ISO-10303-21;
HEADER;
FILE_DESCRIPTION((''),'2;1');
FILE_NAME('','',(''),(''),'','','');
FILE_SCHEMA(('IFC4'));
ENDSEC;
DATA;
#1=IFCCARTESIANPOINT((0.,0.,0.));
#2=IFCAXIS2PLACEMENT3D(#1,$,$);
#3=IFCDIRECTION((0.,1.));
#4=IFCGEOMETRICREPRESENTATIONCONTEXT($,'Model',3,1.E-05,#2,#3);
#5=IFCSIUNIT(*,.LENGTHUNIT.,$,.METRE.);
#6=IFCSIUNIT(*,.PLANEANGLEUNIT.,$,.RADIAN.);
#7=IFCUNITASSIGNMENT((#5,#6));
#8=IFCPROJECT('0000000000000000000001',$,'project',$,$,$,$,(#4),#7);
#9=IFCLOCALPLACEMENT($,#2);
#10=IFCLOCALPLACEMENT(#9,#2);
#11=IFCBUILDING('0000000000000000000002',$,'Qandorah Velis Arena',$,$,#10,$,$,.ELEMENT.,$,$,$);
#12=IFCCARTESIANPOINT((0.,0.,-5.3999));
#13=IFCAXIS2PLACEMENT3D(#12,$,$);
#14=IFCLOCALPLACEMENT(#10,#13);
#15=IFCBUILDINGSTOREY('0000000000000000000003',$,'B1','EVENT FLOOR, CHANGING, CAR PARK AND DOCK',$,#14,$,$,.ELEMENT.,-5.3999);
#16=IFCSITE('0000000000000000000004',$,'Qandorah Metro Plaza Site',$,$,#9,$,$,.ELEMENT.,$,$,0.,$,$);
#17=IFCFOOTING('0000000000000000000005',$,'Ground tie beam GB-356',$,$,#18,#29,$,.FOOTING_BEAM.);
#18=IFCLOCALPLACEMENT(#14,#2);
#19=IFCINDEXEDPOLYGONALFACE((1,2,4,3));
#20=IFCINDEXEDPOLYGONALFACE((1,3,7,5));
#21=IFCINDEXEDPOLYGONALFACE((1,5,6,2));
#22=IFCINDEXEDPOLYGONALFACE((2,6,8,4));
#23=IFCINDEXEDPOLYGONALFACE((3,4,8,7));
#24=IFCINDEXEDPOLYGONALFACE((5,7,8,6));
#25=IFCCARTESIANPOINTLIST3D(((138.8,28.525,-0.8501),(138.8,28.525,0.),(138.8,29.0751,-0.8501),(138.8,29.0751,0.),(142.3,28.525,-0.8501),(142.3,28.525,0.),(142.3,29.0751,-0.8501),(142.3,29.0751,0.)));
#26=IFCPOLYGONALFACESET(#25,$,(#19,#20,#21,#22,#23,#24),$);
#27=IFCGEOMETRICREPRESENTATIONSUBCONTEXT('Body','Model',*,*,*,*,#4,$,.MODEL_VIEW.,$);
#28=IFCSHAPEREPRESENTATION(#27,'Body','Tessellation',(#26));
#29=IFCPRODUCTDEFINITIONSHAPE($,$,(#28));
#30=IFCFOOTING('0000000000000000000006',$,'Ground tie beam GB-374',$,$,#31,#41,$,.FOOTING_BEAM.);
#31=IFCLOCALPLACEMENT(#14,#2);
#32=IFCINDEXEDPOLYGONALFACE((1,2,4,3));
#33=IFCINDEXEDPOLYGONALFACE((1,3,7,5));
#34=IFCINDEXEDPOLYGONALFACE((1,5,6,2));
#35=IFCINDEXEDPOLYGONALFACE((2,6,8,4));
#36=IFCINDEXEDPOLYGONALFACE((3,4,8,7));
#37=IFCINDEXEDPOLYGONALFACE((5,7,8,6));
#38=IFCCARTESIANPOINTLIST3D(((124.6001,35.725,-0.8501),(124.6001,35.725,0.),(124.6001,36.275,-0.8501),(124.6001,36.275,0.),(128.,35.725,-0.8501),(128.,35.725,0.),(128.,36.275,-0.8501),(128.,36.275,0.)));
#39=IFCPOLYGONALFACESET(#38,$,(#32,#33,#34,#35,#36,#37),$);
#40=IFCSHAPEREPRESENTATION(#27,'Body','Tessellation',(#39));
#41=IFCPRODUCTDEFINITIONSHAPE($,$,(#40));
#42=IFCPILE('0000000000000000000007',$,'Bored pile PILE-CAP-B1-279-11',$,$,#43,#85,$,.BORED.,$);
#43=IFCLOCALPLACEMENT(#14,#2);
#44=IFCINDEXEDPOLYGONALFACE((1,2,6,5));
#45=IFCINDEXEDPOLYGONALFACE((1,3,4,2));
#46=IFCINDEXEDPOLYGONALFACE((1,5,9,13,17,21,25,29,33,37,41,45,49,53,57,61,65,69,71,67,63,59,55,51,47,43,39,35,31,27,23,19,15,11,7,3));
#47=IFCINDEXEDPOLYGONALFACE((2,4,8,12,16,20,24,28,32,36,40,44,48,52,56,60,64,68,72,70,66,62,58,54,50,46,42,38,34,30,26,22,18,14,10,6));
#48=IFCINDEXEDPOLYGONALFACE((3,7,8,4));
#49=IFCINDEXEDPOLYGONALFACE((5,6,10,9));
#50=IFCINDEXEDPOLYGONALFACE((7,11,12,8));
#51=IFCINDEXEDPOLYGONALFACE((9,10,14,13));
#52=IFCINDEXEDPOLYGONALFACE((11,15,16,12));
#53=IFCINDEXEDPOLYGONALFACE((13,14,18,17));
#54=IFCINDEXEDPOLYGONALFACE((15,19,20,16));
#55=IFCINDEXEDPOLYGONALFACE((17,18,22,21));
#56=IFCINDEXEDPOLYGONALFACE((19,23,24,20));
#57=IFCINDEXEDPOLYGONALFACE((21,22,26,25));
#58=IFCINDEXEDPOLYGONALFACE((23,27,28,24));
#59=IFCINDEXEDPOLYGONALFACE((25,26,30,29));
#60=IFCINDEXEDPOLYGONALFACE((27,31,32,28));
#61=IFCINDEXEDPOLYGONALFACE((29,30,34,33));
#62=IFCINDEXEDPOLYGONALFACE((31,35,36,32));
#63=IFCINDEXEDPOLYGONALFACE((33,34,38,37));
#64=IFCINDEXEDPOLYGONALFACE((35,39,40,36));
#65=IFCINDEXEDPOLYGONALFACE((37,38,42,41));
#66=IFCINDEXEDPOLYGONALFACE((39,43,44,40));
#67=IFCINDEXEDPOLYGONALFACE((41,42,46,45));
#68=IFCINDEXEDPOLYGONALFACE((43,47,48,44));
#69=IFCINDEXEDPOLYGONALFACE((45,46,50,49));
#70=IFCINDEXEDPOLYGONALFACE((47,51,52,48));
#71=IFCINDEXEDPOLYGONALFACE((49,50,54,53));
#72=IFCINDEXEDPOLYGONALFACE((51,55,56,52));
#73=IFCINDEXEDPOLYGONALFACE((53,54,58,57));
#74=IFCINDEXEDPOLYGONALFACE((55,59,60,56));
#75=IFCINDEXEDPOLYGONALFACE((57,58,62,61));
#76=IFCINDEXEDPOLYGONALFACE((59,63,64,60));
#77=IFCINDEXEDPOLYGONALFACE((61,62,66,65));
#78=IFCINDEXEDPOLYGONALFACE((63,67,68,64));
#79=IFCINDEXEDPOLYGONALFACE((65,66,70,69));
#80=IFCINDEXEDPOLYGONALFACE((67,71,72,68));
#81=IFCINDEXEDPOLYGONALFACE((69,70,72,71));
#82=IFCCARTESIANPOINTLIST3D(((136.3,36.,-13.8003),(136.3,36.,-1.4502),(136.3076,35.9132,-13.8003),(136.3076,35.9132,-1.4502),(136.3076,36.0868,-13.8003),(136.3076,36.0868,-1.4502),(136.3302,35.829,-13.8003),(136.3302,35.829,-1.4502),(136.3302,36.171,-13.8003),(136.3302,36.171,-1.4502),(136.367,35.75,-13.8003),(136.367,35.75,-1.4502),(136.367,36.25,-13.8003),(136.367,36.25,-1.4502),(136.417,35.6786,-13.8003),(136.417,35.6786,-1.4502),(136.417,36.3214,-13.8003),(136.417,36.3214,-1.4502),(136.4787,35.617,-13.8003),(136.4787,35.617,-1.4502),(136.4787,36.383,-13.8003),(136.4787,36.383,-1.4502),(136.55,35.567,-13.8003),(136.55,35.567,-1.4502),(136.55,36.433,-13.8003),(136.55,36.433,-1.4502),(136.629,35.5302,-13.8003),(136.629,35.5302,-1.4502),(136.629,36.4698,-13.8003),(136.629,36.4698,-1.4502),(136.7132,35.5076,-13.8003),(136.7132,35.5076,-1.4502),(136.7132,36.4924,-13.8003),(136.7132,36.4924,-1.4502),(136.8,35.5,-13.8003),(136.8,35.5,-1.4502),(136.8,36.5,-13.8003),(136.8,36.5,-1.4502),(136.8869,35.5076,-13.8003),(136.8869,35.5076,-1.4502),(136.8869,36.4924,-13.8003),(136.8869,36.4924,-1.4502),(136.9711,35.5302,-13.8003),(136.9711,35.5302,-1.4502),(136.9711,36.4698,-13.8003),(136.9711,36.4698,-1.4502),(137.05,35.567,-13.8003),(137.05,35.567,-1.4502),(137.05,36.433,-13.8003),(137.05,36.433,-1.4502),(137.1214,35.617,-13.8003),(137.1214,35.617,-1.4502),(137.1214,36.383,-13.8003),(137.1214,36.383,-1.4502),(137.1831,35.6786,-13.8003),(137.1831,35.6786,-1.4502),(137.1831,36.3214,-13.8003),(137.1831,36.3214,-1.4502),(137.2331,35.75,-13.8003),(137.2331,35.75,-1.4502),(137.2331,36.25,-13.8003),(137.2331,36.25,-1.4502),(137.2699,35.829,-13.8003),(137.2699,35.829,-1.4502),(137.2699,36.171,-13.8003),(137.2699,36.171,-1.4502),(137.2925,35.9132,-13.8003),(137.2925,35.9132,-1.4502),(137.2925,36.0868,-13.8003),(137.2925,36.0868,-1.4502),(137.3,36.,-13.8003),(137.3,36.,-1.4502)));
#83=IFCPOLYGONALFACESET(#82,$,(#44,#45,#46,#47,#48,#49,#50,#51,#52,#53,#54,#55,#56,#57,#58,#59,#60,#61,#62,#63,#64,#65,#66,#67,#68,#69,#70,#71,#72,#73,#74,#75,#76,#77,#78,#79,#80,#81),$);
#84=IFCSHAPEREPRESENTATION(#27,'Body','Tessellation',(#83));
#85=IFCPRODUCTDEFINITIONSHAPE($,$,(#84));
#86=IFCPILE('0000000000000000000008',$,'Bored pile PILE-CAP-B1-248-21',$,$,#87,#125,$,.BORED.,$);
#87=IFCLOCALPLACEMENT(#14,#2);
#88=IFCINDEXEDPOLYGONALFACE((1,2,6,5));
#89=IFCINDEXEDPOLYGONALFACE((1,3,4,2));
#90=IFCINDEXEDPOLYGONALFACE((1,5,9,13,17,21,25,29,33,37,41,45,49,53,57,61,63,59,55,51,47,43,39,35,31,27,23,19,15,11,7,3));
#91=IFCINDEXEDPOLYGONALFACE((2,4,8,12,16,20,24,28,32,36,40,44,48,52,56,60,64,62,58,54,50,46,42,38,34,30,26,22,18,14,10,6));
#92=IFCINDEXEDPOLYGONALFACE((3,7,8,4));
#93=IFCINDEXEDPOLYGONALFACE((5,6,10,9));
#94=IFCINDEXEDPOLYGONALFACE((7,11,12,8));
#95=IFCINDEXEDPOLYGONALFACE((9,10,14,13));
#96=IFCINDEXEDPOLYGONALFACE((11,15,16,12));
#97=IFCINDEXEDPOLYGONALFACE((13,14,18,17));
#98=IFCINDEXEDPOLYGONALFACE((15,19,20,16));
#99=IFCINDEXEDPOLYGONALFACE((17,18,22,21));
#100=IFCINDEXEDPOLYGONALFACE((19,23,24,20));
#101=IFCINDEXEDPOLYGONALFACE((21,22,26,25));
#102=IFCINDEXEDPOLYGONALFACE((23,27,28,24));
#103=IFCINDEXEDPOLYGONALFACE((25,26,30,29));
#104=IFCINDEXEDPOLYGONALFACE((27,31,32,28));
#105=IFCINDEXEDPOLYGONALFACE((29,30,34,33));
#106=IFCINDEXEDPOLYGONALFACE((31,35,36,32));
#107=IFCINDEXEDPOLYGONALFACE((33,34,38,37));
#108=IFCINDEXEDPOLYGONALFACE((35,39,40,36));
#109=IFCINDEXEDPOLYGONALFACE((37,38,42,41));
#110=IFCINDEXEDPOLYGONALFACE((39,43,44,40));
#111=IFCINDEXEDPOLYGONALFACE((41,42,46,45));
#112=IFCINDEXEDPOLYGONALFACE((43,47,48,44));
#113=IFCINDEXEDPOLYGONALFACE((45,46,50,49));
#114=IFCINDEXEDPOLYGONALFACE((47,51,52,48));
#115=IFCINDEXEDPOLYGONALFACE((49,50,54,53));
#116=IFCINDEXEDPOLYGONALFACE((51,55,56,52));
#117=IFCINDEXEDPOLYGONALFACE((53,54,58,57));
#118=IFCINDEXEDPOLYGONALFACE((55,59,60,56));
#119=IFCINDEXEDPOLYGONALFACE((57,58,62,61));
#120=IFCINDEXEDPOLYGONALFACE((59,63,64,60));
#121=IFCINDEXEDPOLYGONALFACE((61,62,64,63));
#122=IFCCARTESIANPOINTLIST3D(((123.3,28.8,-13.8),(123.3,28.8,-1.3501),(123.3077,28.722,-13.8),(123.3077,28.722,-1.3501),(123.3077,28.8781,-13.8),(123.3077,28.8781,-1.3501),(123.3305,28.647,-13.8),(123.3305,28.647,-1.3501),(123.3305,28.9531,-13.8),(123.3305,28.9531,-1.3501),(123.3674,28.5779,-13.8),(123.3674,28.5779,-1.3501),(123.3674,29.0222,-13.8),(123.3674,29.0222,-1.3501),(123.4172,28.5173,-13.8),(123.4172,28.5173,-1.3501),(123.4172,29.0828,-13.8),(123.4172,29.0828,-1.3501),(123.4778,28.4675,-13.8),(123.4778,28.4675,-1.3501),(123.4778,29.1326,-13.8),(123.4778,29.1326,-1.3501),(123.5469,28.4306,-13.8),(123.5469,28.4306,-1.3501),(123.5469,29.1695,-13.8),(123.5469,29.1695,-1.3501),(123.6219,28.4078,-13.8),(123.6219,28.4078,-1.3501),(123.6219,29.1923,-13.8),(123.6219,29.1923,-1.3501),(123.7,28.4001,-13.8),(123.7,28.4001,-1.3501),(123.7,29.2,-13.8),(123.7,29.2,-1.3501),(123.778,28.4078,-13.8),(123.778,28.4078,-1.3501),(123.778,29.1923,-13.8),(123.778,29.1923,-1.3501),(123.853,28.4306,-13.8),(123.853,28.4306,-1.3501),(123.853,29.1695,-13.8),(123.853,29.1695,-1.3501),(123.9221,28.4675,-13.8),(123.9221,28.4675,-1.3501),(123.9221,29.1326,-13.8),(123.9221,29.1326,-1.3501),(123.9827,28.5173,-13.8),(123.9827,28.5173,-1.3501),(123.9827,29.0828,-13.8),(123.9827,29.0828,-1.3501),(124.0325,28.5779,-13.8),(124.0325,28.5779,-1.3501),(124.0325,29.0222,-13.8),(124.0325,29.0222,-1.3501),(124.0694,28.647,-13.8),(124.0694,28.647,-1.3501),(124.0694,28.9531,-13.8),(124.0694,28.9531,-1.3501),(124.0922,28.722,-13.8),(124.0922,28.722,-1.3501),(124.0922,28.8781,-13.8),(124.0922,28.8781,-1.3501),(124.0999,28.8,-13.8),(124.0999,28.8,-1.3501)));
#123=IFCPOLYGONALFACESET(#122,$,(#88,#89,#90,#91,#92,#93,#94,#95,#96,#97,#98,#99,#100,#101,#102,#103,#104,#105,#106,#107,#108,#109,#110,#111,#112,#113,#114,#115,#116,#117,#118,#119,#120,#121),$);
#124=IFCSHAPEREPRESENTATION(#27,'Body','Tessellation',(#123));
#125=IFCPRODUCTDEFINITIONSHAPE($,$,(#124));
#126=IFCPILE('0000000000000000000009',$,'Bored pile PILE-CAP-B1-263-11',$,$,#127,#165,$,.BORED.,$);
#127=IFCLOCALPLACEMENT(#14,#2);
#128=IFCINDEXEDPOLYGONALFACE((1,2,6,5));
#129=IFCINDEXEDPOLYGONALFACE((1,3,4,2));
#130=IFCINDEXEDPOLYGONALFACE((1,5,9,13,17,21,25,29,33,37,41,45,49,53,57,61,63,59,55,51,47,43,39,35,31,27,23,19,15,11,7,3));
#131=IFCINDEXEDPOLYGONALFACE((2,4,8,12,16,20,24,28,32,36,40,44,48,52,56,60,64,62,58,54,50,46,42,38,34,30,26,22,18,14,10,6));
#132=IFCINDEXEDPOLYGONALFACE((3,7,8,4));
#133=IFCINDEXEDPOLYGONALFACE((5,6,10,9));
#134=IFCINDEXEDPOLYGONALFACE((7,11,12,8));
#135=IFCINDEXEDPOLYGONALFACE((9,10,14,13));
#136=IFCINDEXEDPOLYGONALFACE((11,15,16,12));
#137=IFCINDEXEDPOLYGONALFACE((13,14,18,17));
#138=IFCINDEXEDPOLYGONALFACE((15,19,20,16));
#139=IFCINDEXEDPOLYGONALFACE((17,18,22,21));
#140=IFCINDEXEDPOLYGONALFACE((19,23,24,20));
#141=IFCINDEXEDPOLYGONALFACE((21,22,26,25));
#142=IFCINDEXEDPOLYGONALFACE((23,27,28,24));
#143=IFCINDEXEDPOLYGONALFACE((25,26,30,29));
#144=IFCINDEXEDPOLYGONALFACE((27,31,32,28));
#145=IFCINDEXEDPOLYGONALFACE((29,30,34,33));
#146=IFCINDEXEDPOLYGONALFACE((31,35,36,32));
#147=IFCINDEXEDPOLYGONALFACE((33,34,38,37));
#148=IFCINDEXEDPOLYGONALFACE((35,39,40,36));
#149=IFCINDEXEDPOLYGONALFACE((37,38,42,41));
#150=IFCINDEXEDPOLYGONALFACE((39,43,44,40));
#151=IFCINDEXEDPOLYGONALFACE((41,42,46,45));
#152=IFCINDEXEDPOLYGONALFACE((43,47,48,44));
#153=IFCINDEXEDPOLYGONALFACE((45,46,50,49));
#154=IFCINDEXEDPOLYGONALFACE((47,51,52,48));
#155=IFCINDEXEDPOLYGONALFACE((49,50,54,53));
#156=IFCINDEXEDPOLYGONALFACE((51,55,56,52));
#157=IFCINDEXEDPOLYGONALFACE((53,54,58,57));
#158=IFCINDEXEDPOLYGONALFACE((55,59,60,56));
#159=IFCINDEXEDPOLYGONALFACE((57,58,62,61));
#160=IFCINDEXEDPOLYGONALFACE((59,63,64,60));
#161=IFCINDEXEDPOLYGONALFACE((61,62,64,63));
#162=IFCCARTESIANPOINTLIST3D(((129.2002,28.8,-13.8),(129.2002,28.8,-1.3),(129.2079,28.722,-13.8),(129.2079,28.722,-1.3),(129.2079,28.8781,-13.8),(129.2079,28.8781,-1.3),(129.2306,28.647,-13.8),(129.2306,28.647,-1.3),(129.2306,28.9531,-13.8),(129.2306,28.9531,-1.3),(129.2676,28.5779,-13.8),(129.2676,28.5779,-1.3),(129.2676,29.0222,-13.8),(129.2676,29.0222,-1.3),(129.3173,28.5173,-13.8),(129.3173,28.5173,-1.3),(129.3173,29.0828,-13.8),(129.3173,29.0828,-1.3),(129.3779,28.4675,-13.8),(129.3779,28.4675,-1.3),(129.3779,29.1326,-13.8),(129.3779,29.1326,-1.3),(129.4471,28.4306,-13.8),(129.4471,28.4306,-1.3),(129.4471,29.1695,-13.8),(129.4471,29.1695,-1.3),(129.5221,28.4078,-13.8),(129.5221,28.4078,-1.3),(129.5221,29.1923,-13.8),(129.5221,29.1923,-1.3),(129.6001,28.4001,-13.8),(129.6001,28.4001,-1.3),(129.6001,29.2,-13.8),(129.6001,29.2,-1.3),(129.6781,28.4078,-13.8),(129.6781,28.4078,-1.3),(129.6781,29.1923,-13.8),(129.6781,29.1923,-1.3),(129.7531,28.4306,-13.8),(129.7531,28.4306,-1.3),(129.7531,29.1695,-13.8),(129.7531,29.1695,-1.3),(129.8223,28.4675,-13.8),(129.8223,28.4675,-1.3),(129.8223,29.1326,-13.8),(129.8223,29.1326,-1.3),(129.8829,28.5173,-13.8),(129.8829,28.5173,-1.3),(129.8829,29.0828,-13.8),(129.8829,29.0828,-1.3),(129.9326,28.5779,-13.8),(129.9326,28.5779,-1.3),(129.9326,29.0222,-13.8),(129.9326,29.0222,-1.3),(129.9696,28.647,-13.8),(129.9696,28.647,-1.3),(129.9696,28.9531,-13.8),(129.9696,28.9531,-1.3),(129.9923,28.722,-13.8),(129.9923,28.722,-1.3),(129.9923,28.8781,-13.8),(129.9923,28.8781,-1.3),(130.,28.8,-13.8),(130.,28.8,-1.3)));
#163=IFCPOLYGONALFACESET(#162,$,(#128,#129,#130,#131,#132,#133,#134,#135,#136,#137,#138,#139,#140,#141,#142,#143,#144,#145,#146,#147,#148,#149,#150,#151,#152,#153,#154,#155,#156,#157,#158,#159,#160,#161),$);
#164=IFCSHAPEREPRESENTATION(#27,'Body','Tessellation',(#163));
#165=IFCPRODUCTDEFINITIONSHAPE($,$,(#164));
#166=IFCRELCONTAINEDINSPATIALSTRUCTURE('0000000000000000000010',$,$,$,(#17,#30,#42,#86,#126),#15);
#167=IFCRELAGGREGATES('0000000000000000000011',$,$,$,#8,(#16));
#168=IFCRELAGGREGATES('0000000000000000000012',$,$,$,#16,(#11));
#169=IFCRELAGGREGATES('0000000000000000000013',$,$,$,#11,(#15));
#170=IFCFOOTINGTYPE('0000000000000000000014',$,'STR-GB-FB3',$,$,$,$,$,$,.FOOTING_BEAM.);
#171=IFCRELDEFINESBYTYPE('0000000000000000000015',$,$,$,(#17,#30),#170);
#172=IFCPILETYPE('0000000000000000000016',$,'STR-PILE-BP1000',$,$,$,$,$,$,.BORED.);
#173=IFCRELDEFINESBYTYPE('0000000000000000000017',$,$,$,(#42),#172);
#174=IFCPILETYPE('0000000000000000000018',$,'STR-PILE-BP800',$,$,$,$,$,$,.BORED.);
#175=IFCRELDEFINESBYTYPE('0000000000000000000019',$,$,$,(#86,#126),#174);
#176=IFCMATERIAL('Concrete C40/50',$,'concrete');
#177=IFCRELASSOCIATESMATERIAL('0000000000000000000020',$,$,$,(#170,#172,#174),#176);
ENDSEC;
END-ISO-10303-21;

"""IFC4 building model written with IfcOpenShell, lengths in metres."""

from ifc_helpers import new_model, si_unit, direction, frame, origin, origin_2d, place, context, subcontext, project, spatial, rectangle, circle, extrude, material, material_profile, profile_set, type_object, element, save


model = new_model("IFC4")

# Units and contexts
model_context = context("Model", 3, precision=1e-05, world=origin(), true_north=direction((0.0, 1.0)))
body_context = subcontext(model_context, "Body", "Model", "MODEL_VIEW")
ifc_project = project(units=[si_unit("LENGTHUNIT", "METRE"), si_unit("PLANEANGLEUNIT", "RADIAN")], contexts=[model_context])

# Site, building, storey
site_placement = place(None, origin())
site = spatial("IfcSite", under=ifc_project, at=site_placement, Name="Qandorah Metro Plaza Site", CompositionType="ELEMENT", RefElevation=0.0)
building_placement = place(site_placement, origin())
building = spatial("IfcBuilding", under=site, at=building_placement, Name="Qandorah Velis Arena", CompositionType="ELEMENT")
storey_placement = place(building_placement, frame((0.0, 0.0, -5.3999)))
storey = spatial("IfcBuildingStorey", under=building, at=storey_placement, Name="B1", Description="EVENT FLOOR, CHANGING, CAR PARK AND DOCK", CompositionType="ELEMENT", Elevation=-5.3999)

# Footings
ifc_material_1 = material(Name="Concrete C40/50", Category="concrete")
ifc_material_profile_1 = material_profile(ifc_material_1, rectangle(XDim=0.55, YDim=0.8501, at=origin_2d()), Name="GB3 550x850")
ifc_profile_set_1 = profile_set([ifc_material_profile_1], Name="Concrete C40/50")
footing_type_1 = type_object("IfcFootingType", Name="STR-GB-FB3", PredefinedType="FOOTING_BEAM", material=ifc_profile_set_1)
footing_1_placement = place(storey_placement, frame((138.8, 28.8, -0.425), z_axis=(1.0, 0.0, 0.0), x_axis=(0.0, 1.0, 0.0)))
element("IfcFooting", 1, at=footing_1_placement, inside=storey, type_object=footing_type_1, Name="Ground tie beam GB-356", PredefinedType="FOOTING_BEAM", context=body_context, shape_type="SweptSolid", body=[
    extrude(rectangle(XDim=0.55, YDim=0.8501, at=origin_2d()), origin(), (0.0, 0.0, 1.0), 3.5),
])
footing_2_placement = place(storey_placement, frame((124.6001, 36.0, -0.425), z_axis=(1.0, 0.0, 0.0), x_axis=(0.0, 1.0, 0.0)))
element("IfcFooting", 2, at=footing_2_placement, inside=storey, type_object=footing_type_1, Name="Ground tie beam GB-374", PredefinedType="FOOTING_BEAM", context=body_context, shape_type="SweptSolid", body=[
    extrude(rectangle(XDim=0.55, YDim=0.8501, at=origin_2d()), origin(), (0.0, 0.0, 1.0), 3.3999),
])

# Piles
ifc_material_profile_2 = material_profile(ifc_material_1, circle(Radius=0.5, at=origin_2d()), Name="BORED PILE D1000")
ifc_profile_set_2 = profile_set([ifc_material_profile_2], Name="Concrete C40/50")
pile_type_1 = type_object("IfcPileType", Name="STR-PILE-BP1000", PredefinedType="BORED", material=ifc_profile_set_2)
pile_1_placement = place(storey_placement, frame((136.8, 36.0, -1.4502), z_axis=(0.0, 0.0, -1.0), x_axis=(1.0, 0.0, 0.0)))
element("IfcPile", 3, at=pile_1_placement, inside=storey, type_object=pile_type_1, Name="Bored pile PILE-CAP-B1-279-11", PredefinedType="BORED", context=body_context, shape_type="SweptSolid", body=[
    extrude(circle(Radius=0.5, at=origin_2d()), origin(), (0.0, 0.0, 1.0), 12.3501),
])
ifc_material_profile_3 = material_profile(ifc_material_1, circle(Radius=0.3999, at=origin_2d()), Name="BORED PILE D800")
ifc_profile_set_3 = profile_set([ifc_material_profile_3], Name="Concrete C40/50")
pile_type_2 = type_object("IfcPileType", Name="STR-PILE-BP800", PredefinedType="BORED", material=ifc_profile_set_3)
pile_2_placement = place(storey_placement, frame((123.7, 28.8, -1.3501), z_axis=(0.0, 0.0, -1.0), x_axis=(1.0, 0.0, 0.0)))
element("IfcPile", 4, at=pile_2_placement, inside=storey, type_object=pile_type_2, Name="Bored pile PILE-CAP-B1-248-21", PredefinedType="BORED", context=body_context, shape_type="SweptSolid", body=[
    extrude(circle(Radius=0.3999, at=origin_2d()), origin(), (0.0, 0.0, 1.0), 12.45),
])
pile_3_placement = place(storey_placement, frame((129.6001, 28.8, -1.3), z_axis=(0.0, 0.0, -1.0), x_axis=(1.0, 0.0, 0.0)))
element("IfcPile", 5, at=pile_3_placement, inside=storey, type_object=pile_type_2, Name="Bored pile PILE-CAP-B1-263-11", PredefinedType="BORED", context=body_context, shape_type="SweptSolid", body=[
    extrude(circle(Radius=0.3999, at=origin_2d()), origin(), (0.0, 0.0, 1.0), 12.5),
])

save(model, "model.ifc")
